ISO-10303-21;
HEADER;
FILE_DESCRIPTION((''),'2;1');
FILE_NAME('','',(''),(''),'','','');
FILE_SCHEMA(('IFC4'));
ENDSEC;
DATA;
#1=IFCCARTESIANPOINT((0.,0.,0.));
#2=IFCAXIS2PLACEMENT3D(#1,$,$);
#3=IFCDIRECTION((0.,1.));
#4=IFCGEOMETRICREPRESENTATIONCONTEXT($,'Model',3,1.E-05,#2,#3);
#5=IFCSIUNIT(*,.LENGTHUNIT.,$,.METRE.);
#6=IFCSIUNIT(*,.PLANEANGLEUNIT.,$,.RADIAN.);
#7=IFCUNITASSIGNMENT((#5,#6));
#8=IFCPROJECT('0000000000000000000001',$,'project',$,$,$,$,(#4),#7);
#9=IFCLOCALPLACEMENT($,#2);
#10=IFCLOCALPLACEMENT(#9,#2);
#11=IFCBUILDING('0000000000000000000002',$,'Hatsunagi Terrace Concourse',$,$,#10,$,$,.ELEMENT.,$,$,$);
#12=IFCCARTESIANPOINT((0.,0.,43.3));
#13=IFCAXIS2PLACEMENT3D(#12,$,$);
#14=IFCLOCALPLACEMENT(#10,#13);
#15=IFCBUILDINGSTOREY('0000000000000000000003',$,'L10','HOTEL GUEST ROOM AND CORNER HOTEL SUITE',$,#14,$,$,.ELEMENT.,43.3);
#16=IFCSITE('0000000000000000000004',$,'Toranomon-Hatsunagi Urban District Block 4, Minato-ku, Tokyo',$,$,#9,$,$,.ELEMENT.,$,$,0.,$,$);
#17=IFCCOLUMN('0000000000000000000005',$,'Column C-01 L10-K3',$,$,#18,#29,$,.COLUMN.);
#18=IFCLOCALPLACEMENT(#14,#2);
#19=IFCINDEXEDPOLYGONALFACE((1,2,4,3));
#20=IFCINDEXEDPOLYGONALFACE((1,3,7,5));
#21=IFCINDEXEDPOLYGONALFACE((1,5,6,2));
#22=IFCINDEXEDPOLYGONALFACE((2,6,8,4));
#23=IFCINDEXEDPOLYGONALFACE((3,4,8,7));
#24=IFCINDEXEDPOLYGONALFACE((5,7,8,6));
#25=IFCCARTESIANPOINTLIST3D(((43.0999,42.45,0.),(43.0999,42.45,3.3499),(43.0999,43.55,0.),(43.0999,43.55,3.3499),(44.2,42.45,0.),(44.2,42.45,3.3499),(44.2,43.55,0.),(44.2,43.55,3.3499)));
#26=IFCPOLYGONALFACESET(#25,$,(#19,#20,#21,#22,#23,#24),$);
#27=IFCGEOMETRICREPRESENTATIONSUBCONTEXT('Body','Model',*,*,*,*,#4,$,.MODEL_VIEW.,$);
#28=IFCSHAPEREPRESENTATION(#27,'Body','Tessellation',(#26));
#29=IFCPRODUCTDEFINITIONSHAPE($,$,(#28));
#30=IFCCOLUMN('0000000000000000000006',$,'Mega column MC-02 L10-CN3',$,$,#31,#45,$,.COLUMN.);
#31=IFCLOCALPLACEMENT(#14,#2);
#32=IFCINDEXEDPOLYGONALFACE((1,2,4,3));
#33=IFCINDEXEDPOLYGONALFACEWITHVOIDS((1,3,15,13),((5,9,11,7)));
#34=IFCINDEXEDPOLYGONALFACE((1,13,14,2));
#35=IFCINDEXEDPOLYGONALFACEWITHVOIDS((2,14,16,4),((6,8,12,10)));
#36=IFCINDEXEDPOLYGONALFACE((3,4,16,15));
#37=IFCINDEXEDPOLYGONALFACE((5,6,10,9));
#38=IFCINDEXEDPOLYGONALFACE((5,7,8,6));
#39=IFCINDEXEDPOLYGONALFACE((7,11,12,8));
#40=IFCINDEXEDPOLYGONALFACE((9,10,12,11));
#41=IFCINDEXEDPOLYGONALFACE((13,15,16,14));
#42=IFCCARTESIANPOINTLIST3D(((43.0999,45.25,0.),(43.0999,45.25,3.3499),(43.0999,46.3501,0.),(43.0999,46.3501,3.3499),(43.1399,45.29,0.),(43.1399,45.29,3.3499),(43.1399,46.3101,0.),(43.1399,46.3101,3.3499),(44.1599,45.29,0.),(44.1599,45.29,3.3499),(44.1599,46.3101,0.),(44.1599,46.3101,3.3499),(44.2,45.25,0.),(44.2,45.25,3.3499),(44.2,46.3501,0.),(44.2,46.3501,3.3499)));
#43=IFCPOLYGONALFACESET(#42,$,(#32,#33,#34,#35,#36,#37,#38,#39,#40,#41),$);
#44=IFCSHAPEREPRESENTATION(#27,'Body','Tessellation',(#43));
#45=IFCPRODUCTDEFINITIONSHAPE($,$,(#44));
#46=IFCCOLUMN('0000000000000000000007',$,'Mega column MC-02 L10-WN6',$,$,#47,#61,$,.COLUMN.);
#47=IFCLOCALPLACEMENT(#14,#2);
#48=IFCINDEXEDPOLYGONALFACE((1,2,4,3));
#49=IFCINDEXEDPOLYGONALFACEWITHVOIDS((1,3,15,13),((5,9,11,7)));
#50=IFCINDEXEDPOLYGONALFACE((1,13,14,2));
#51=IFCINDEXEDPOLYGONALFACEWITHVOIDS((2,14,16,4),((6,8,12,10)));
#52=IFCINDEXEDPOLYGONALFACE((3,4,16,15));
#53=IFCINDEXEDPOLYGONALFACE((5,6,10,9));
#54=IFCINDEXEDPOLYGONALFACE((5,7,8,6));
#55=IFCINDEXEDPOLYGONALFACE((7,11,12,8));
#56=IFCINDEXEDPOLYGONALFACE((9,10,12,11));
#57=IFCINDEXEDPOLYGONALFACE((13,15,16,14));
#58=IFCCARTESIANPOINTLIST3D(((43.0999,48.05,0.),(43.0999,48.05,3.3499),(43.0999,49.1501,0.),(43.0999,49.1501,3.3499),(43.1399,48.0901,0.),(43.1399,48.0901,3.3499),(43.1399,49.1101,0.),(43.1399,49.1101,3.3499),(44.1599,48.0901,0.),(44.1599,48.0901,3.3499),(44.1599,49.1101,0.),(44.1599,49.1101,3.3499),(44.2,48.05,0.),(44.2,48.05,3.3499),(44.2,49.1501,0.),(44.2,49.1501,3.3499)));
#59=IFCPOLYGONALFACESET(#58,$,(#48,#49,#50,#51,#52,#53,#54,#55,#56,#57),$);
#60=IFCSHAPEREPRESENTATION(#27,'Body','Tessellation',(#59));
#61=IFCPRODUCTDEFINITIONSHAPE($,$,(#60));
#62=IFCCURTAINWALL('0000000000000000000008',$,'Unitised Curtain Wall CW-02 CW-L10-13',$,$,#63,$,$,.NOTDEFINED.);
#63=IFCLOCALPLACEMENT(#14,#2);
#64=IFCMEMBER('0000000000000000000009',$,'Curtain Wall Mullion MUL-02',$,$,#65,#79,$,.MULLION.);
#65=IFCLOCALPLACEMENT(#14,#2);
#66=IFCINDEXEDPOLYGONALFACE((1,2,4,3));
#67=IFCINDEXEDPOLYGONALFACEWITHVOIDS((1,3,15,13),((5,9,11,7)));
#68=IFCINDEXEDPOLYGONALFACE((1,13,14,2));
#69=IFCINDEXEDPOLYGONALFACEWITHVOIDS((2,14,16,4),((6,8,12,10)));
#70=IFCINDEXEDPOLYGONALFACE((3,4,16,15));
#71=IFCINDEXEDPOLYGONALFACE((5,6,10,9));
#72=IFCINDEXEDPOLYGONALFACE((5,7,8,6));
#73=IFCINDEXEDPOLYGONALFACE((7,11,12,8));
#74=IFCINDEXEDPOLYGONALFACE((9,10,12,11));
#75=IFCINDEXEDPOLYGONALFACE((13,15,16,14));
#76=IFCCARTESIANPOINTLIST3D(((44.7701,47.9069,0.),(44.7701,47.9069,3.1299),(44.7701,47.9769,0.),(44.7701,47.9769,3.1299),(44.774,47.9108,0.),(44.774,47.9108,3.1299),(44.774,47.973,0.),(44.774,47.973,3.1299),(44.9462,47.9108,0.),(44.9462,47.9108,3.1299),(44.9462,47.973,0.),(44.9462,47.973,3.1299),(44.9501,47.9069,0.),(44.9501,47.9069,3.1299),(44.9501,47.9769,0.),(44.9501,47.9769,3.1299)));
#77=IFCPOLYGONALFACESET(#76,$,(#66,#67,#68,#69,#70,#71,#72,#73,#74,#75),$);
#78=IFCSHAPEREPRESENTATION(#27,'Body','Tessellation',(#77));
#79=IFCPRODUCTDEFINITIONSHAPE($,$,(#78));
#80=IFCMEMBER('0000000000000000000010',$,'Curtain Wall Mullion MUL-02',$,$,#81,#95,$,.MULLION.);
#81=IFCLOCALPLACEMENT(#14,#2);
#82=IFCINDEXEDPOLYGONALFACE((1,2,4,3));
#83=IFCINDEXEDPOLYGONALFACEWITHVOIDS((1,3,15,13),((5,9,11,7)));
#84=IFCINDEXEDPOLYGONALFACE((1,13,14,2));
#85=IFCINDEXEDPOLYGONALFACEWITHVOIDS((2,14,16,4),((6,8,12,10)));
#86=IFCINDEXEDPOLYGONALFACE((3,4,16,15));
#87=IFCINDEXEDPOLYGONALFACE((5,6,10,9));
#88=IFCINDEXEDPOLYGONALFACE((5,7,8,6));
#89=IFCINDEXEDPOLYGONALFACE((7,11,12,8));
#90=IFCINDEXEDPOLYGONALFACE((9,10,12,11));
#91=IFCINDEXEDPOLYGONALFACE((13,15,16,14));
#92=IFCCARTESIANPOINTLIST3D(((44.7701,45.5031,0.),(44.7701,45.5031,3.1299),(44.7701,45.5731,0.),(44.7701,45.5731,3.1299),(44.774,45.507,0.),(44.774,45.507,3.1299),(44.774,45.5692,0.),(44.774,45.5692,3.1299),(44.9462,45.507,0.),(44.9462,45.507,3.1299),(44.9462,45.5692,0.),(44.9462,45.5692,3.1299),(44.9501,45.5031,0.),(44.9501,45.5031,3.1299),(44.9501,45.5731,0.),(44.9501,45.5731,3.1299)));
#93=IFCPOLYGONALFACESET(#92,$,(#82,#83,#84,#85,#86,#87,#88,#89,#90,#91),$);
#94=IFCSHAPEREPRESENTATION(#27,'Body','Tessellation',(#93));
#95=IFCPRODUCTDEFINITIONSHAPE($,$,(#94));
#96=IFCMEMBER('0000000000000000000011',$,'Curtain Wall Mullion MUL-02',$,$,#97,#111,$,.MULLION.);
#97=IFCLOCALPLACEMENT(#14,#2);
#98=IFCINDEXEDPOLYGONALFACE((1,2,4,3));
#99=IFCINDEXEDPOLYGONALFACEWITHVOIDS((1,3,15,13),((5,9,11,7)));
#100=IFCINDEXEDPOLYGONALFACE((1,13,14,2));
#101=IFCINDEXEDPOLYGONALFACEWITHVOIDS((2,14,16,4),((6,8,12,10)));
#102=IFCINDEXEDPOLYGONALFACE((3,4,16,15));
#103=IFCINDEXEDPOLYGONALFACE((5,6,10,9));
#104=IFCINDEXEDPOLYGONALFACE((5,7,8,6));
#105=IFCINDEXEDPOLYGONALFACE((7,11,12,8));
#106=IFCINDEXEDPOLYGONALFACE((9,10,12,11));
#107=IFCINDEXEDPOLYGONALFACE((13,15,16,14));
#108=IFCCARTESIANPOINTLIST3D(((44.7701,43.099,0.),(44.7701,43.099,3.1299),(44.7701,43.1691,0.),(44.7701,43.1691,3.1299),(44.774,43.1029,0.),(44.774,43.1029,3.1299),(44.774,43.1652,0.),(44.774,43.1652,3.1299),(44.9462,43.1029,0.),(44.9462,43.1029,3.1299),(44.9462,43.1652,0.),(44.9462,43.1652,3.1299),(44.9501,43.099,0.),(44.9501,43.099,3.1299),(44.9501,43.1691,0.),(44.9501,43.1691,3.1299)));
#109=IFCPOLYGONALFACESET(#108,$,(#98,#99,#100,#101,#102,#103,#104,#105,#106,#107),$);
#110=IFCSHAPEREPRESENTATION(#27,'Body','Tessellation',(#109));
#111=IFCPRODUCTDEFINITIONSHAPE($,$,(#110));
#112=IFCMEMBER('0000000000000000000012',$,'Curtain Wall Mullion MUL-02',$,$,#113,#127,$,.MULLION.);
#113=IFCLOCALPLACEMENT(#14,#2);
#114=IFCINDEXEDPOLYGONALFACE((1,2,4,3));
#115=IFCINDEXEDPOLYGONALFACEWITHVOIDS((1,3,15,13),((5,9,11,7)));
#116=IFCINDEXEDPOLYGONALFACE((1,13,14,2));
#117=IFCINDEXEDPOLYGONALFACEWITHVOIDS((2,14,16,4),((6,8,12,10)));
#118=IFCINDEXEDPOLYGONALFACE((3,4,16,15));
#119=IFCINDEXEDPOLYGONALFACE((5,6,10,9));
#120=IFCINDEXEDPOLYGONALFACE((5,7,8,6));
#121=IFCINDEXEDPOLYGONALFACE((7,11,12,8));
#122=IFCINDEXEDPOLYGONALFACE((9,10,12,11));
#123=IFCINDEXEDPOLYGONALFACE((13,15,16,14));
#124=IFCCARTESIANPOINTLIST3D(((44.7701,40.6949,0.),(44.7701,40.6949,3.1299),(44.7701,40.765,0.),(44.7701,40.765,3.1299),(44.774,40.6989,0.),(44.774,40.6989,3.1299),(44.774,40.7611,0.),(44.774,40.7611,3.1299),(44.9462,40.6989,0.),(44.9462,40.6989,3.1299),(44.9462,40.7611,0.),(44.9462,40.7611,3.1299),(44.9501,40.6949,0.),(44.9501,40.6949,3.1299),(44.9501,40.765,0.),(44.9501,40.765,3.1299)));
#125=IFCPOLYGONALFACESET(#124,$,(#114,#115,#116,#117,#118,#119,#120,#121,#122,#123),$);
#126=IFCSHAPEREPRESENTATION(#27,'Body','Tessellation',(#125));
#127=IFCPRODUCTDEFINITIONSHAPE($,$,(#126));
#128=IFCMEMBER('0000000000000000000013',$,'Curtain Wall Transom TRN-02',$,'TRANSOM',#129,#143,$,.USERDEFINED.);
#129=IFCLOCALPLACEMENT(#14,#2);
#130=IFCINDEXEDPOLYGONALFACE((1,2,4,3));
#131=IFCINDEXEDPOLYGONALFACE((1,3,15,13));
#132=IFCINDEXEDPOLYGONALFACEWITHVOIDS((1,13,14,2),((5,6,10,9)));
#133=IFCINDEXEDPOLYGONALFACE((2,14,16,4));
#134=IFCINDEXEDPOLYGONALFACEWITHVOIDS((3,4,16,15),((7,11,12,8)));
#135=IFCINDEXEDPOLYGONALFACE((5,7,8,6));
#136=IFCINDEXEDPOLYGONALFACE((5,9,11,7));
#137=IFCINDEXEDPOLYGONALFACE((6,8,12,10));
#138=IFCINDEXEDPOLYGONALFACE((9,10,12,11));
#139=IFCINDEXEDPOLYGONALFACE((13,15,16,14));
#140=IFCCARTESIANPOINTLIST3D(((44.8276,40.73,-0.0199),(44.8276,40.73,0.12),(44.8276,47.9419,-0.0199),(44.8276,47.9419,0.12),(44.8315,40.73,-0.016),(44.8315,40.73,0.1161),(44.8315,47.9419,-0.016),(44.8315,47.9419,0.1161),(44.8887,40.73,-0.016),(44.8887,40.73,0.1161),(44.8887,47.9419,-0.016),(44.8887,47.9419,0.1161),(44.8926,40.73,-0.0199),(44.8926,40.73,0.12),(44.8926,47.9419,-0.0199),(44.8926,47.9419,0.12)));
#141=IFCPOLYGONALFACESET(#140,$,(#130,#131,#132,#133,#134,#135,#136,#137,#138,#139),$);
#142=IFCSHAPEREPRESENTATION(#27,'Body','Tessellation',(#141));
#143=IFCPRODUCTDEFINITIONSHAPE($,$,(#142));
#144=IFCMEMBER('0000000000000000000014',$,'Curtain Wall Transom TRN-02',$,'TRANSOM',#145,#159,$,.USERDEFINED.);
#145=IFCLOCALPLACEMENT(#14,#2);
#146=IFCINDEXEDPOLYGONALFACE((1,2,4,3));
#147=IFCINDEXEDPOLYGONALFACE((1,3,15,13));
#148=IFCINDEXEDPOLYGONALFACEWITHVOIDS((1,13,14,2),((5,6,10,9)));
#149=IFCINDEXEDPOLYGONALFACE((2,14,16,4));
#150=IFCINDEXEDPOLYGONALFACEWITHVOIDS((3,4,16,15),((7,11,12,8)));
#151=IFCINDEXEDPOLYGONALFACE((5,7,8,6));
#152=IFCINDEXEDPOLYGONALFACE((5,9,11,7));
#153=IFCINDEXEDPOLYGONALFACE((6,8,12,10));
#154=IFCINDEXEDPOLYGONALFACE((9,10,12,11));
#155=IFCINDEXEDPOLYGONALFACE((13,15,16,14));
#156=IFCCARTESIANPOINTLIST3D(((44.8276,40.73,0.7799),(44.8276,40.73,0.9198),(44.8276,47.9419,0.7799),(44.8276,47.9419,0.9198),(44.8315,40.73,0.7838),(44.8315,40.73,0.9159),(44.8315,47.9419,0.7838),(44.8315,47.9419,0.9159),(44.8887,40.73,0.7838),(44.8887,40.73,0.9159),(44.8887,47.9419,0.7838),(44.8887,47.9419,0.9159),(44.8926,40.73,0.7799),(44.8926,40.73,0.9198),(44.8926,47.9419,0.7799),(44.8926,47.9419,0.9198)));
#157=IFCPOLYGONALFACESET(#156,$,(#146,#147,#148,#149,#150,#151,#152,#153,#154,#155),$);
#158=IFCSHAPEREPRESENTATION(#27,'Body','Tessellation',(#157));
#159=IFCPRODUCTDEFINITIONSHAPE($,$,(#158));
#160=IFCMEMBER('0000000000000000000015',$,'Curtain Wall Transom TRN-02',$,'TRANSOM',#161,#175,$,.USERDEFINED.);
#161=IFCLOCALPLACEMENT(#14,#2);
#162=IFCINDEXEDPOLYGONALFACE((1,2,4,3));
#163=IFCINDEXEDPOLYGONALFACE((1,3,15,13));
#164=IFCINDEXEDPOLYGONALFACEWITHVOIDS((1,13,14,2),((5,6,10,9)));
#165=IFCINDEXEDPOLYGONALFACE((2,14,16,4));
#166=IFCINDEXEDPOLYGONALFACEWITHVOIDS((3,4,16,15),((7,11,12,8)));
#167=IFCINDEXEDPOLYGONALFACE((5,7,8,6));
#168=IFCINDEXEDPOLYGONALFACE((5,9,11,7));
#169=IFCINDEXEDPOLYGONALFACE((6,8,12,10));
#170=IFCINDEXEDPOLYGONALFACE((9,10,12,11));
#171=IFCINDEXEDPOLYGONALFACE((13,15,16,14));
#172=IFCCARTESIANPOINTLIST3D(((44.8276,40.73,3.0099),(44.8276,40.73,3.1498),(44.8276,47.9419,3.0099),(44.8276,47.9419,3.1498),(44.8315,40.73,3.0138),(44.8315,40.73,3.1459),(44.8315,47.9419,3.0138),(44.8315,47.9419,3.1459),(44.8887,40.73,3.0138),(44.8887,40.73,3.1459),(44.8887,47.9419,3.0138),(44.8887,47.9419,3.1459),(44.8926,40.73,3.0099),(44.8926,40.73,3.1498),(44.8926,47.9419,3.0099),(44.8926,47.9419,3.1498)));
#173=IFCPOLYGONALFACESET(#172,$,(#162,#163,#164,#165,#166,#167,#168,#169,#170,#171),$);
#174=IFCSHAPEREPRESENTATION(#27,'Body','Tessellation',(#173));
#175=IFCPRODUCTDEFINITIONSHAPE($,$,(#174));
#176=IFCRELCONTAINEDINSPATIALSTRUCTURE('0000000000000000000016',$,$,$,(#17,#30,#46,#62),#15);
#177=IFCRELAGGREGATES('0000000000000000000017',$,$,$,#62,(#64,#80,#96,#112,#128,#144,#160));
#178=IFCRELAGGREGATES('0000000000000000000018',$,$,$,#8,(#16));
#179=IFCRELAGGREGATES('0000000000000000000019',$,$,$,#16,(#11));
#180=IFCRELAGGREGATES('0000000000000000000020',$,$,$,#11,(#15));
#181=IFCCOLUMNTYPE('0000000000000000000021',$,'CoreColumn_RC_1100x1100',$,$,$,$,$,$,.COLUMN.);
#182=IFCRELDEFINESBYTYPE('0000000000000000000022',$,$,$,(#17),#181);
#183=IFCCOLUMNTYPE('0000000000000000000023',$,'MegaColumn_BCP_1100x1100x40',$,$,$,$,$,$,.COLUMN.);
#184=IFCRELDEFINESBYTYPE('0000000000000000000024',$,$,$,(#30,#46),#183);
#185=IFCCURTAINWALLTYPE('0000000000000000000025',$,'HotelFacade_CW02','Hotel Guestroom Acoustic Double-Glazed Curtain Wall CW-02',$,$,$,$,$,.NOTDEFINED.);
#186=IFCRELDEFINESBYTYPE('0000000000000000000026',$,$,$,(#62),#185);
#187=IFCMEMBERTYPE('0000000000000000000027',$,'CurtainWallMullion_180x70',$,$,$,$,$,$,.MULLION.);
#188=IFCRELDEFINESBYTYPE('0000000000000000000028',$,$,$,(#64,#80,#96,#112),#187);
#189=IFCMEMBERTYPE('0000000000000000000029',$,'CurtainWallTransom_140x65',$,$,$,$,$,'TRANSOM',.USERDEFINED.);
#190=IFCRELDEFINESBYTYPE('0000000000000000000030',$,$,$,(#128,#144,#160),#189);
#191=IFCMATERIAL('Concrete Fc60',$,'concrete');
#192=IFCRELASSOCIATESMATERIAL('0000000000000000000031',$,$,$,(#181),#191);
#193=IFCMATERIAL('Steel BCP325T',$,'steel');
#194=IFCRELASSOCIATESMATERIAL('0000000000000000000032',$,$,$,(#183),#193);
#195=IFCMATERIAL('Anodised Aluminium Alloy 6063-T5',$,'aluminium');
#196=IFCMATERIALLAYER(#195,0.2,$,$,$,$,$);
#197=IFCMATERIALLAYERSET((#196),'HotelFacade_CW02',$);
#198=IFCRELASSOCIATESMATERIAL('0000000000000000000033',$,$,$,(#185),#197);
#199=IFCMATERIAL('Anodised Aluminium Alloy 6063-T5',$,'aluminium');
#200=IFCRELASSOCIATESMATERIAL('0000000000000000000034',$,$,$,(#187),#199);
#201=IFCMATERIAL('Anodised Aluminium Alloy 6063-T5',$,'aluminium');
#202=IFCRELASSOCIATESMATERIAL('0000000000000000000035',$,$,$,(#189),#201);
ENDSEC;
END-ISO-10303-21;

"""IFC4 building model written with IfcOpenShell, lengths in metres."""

from ifc_helpers import new_model, si_unit, direction, frame, origin, origin_2d, place, context, subcontext, project, spatial, rectangle, hollow_rectangle, extrude, material, layer, layer_set, material_profile, profile_set, type_object, element, aggregate, save


model = new_model("IFC4")

# Units and contexts
model_context = context("Model", 3, precision=1e-05, world=origin(), true_north=direction((0.0, 1.0)))
body_context = subcontext(model_context, "Body", "Model", "MODEL_VIEW")
ifc_project = project(units=[si_unit("LENGTHUNIT", "METRE"), si_unit("PLANEANGLEUNIT", "RADIAN")], contexts=[model_context])

# Site, building, storey
site_placement = place(None, origin())
site = spatial("IfcSite", under=ifc_project, at=site_placement, Name="Toranomon-Hatsunagi Urban District Block 4, Minato-ku, Tokyo", CompositionType="ELEMENT", RefElevation=0.0)
building_placement = place(site_placement, origin())
building = spatial("IfcBuilding", under=site, at=building_placement, Name="Hatsunagi Terrace Concourse", CompositionType="ELEMENT")
storey_placement = place(building_placement, frame((0.0, 0.0, 43.3)))
storey = spatial("IfcBuildingStorey", under=building, at=storey_placement, Name="L10", Description="HOTEL GUEST ROOM AND CORNER HOTEL SUITE", CompositionType="ELEMENT", Elevation=43.3)

# Columns
ifc_material_1 = material(Name="Concrete Fc60", Category="concrete")
ifc_material_profile_1 = material_profile(ifc_material_1, rectangle(XDim=1.1001, YDim=1.1001, at=origin_2d()), Name="RC-1100x1100")
ifc_profile_set_1 = profile_set([ifc_material_profile_1], Name="Concrete Fc60")
column_type_1 = type_object("IfcColumnType", Name="CoreColumn_RC_1100x1100", PredefinedType="COLUMN", material=ifc_profile_set_1)
column_placement = place(storey_placement, frame((43.6499, 43.0, 0.0), z_axis=(0.0, 0.0, 1.0), x_axis=(1.0, 0.0, 0.0)))
element("IfcColumn", 1, at=column_placement, inside=storey, type_object=column_type_1, Name="Column C-01 L10-K3", PredefinedType="COLUMN", context=body_context, shape_type="SweptSolid", body=[
    extrude(rectangle(XDim=1.1001, YDim=1.1001, at=origin_2d()), origin(), (0.0, 0.0, 1.0), 3.3499),
])
ifc_material_2 = material(Name="Steel BCP325T", Category="steel")
ifc_material_profile_2 = material_profile(ifc_material_2, hollow_rectangle(XDim=1.1001, YDim=1.1001, WallThickness=0.04, at=origin_2d()), Name="BCP-1100x1100x40")
ifc_profile_set_2 = profile_set([ifc_material_profile_2], Name="Steel BCP325T")
column_type_2 = type_object("IfcColumnType", Name="MegaColumn_BCP_1100x1100x40", PredefinedType="COLUMN", material=ifc_profile_set_2)
for number, where, z_axis, x_axis, name in (
    (2, (43.6499, 45.8, 0.0), (0.0, 0.0, 1.0), (1.0, 0.0, 0.0), "Mega column MC-02 L10-CN3"),
    (3, (43.6499, 48.6001, 0.0), (0.0, 0.0, 1.0), (1.0, 0.0, 0.0), "Mega column MC-02 L10-WN6"),
):
    element("IfcColumn", number, at=place(storey_placement, frame(where, z_axis=z_axis, x_axis=x_axis)), inside=storey, type_object=column_type_2, Name=name, PredefinedType="COLUMN", context=body_context, shape_type="SweptSolid", body=[
        extrude(hollow_rectangle(XDim=1.1001, YDim=1.1001, WallThickness=0.04, at=origin_2d()), origin(), (0.0, 0.0, 1.0), 3.3499),
    ])

# Curtain wall, members
ifc_material_3 = material(Name="Anodised Aluminium Alloy 6063-T5", Category="aluminium")
ifc_layer_1 = layer(ifc_material_3, 0.2)
ifc_layer_set_1 = layer_set([ifc_layer_1], Name="HotelFacade_CW02")
curtain_wall_type = type_object("IfcCurtainWallType", Name="HotelFacade_CW02", Description="Hotel Guestroom Acoustic Double-Glazed Curtain Wall CW-02", PredefinedType="NOTDEFINED", material=ifc_layer_set_1)
curtain_wall_placement = place(storey_placement, origin())
curtain_wall = element("IfcCurtainWall", 4, at=curtain_wall_placement, inside=storey, type_object=curtain_wall_type, Name="Unitised Curtain Wall CW-02 CW-L10-13", PredefinedType="NOTDEFINED")
ifc_material_4 = material(Name="Anodised Aluminium Alloy 6063-T5", Category="aluminium")
ifc_material_profile_3 = material_profile(ifc_material_4, hollow_rectangle(XDim=0.0701, YDim=0.1799, WallThickness=0.0039, at=origin_2d()), Name="ALU-MUL-180x70x4")
ifc_profile_set_3 = profile_set([ifc_material_profile_3], Name="Anodised Aluminium Alloy 6063-T5")
member_type_1 = type_object("IfcMemberType", Name="CurtainWallMullion_180x70", PredefinedType="MULLION", material=ifc_profile_set_3)
member_1_placement = place(storey_placement, frame((44.8601, 47.9419, 0.0), z_axis=(0.0, 0.0, 1.0), x_axis=(0.0, -1.0, 0.0)))
member_1 = element("IfcMember", 5, at=member_1_placement, type_object=member_type_1, Name="Curtain Wall Mullion MUL-02", PredefinedType="MULLION", context=body_context, shape_type="SweptSolid", body=[
    extrude(hollow_rectangle(XDim=0.0701, YDim=0.1799, WallThickness=0.0039, at=origin_2d()), origin(), (0.0, 0.0, 1.0), 3.1299),
])
member_2_placement = place(storey_placement, frame((44.8601, 45.5381, 0.0), z_axis=(0.0, 0.0, 1.0), x_axis=(0.0, -1.0, 0.0)))
member_2 = element("IfcMember", 6, at=member_2_placement, type_object=member_type_1, Name="Curtain Wall Mullion MUL-02", PredefinedType="MULLION", context=body_context, shape_type="SweptSolid", body=[
    extrude(hollow_rectangle(XDim=0.0701, YDim=0.1799, WallThickness=0.0039, at=origin_2d()), origin(), (0.0, 0.0, 1.0), 3.1299),
])
member_3_placement = place(storey_placement, frame((44.8601, 43.134, 0.0), z_axis=(0.0, 0.0, 1.0), x_axis=(0.0, -1.0, 0.0)))
member_3 = element("IfcMember", 7, at=member_3_placement, type_object=member_type_1, Name="Curtain Wall Mullion MUL-02", PredefinedType="MULLION", context=body_context, shape_type="SweptSolid", body=[
    extrude(hollow_rectangle(XDim=0.0701, YDim=0.1799, WallThickness=0.0039, at=origin_2d()), origin(), (0.0, 0.0, 1.0), 3.1299),
])
member_4_placement = place(storey_placement, frame((44.8601, 40.73, 0.0), z_axis=(0.0, 0.0, 1.0), x_axis=(0.0, -1.0, 0.0)))
member_4 = element("IfcMember", 8, at=member_4_placement, type_object=member_type_1, Name="Curtain Wall Mullion MUL-02", PredefinedType="MULLION", context=body_context, shape_type="SweptSolid", body=[
    extrude(hollow_rectangle(XDim=0.0701, YDim=0.1799, WallThickness=0.0039, at=origin_2d()), origin(), (0.0, 0.0, 1.0), 3.1299),
])
ifc_material_5 = material(Name="Anodised Aluminium Alloy 6063-T5", Category="aluminium")
ifc_material_profile_4 = material_profile(ifc_material_5, hollow_rectangle(XDim=0.0649, YDim=0.1399, WallThickness=0.0039, at=origin_2d()), Name="ALU-TRN-140x65x4")
ifc_profile_set_4 = profile_set([ifc_material_profile_4], Name="Anodised Aluminium Alloy 6063-T5")
member_type_2 = type_object("IfcMemberType", Name="CurtainWallTransom_140x65", ElementType="TRANSOM", PredefinedType="USERDEFINED", material=ifc_profile_set_4)
member_5_placement = place(storey_placement, frame((44.8601, 47.9419, 0.05), z_axis=(0.0, -1.0, 0.0), x_axis=(1.0, 0.0, 0.0)))
member_5 = element("IfcMember", 9, at=member_5_placement, type_object=member_type_2, Name="Curtain Wall Transom TRN-02", ObjectType="TRANSOM", PredefinedType="USERDEFINED", context=body_context, shape_type="SweptSolid", body=[
    extrude(hollow_rectangle(XDim=0.0649, YDim=0.1399, WallThickness=0.0039, at=origin_2d()), origin(), (0.0, 0.0, 1.0), 7.2119),
])
member_6_placement = place(storey_placement, frame((44.8601, 47.9419, 0.8499), z_axis=(0.0, -1.0, 0.0), x_axis=(1.0, 0.0, 0.0)))
member_6 = element("IfcMember", 10, at=member_6_placement, type_object=member_type_2, Name="Curtain Wall Transom TRN-02", ObjectType="TRANSOM", PredefinedType="USERDEFINED", context=body_context, shape_type="SweptSolid", body=[
    extrude(hollow_rectangle(XDim=0.0649, YDim=0.1399, WallThickness=0.0039, at=origin_2d()), origin(), (0.0, 0.0, 1.0), 7.2119),
])
member_7_placement = place(storey_placement, frame((44.8601, 47.9419, 3.0798), z_axis=(0.0, -1.0, 0.0), x_axis=(1.0, 0.0, 0.0)))
member_7 = element("IfcMember", 11, at=member_7_placement, type_object=member_type_2, Name="Curtain Wall Transom TRN-02", ObjectType="TRANSOM", PredefinedType="USERDEFINED", context=body_context, shape_type="SweptSolid", body=[
    extrude(hollow_rectangle(XDim=0.0649, YDim=0.1399, WallThickness=0.0039, at=origin_2d()), origin(), (0.0, 0.0, 1.0), 7.2119),
])

aggregate(curtain_wall, [member_1, member_2, member_3, member_4, member_5, member_6, member_7])

save(model, "model.ifc")
